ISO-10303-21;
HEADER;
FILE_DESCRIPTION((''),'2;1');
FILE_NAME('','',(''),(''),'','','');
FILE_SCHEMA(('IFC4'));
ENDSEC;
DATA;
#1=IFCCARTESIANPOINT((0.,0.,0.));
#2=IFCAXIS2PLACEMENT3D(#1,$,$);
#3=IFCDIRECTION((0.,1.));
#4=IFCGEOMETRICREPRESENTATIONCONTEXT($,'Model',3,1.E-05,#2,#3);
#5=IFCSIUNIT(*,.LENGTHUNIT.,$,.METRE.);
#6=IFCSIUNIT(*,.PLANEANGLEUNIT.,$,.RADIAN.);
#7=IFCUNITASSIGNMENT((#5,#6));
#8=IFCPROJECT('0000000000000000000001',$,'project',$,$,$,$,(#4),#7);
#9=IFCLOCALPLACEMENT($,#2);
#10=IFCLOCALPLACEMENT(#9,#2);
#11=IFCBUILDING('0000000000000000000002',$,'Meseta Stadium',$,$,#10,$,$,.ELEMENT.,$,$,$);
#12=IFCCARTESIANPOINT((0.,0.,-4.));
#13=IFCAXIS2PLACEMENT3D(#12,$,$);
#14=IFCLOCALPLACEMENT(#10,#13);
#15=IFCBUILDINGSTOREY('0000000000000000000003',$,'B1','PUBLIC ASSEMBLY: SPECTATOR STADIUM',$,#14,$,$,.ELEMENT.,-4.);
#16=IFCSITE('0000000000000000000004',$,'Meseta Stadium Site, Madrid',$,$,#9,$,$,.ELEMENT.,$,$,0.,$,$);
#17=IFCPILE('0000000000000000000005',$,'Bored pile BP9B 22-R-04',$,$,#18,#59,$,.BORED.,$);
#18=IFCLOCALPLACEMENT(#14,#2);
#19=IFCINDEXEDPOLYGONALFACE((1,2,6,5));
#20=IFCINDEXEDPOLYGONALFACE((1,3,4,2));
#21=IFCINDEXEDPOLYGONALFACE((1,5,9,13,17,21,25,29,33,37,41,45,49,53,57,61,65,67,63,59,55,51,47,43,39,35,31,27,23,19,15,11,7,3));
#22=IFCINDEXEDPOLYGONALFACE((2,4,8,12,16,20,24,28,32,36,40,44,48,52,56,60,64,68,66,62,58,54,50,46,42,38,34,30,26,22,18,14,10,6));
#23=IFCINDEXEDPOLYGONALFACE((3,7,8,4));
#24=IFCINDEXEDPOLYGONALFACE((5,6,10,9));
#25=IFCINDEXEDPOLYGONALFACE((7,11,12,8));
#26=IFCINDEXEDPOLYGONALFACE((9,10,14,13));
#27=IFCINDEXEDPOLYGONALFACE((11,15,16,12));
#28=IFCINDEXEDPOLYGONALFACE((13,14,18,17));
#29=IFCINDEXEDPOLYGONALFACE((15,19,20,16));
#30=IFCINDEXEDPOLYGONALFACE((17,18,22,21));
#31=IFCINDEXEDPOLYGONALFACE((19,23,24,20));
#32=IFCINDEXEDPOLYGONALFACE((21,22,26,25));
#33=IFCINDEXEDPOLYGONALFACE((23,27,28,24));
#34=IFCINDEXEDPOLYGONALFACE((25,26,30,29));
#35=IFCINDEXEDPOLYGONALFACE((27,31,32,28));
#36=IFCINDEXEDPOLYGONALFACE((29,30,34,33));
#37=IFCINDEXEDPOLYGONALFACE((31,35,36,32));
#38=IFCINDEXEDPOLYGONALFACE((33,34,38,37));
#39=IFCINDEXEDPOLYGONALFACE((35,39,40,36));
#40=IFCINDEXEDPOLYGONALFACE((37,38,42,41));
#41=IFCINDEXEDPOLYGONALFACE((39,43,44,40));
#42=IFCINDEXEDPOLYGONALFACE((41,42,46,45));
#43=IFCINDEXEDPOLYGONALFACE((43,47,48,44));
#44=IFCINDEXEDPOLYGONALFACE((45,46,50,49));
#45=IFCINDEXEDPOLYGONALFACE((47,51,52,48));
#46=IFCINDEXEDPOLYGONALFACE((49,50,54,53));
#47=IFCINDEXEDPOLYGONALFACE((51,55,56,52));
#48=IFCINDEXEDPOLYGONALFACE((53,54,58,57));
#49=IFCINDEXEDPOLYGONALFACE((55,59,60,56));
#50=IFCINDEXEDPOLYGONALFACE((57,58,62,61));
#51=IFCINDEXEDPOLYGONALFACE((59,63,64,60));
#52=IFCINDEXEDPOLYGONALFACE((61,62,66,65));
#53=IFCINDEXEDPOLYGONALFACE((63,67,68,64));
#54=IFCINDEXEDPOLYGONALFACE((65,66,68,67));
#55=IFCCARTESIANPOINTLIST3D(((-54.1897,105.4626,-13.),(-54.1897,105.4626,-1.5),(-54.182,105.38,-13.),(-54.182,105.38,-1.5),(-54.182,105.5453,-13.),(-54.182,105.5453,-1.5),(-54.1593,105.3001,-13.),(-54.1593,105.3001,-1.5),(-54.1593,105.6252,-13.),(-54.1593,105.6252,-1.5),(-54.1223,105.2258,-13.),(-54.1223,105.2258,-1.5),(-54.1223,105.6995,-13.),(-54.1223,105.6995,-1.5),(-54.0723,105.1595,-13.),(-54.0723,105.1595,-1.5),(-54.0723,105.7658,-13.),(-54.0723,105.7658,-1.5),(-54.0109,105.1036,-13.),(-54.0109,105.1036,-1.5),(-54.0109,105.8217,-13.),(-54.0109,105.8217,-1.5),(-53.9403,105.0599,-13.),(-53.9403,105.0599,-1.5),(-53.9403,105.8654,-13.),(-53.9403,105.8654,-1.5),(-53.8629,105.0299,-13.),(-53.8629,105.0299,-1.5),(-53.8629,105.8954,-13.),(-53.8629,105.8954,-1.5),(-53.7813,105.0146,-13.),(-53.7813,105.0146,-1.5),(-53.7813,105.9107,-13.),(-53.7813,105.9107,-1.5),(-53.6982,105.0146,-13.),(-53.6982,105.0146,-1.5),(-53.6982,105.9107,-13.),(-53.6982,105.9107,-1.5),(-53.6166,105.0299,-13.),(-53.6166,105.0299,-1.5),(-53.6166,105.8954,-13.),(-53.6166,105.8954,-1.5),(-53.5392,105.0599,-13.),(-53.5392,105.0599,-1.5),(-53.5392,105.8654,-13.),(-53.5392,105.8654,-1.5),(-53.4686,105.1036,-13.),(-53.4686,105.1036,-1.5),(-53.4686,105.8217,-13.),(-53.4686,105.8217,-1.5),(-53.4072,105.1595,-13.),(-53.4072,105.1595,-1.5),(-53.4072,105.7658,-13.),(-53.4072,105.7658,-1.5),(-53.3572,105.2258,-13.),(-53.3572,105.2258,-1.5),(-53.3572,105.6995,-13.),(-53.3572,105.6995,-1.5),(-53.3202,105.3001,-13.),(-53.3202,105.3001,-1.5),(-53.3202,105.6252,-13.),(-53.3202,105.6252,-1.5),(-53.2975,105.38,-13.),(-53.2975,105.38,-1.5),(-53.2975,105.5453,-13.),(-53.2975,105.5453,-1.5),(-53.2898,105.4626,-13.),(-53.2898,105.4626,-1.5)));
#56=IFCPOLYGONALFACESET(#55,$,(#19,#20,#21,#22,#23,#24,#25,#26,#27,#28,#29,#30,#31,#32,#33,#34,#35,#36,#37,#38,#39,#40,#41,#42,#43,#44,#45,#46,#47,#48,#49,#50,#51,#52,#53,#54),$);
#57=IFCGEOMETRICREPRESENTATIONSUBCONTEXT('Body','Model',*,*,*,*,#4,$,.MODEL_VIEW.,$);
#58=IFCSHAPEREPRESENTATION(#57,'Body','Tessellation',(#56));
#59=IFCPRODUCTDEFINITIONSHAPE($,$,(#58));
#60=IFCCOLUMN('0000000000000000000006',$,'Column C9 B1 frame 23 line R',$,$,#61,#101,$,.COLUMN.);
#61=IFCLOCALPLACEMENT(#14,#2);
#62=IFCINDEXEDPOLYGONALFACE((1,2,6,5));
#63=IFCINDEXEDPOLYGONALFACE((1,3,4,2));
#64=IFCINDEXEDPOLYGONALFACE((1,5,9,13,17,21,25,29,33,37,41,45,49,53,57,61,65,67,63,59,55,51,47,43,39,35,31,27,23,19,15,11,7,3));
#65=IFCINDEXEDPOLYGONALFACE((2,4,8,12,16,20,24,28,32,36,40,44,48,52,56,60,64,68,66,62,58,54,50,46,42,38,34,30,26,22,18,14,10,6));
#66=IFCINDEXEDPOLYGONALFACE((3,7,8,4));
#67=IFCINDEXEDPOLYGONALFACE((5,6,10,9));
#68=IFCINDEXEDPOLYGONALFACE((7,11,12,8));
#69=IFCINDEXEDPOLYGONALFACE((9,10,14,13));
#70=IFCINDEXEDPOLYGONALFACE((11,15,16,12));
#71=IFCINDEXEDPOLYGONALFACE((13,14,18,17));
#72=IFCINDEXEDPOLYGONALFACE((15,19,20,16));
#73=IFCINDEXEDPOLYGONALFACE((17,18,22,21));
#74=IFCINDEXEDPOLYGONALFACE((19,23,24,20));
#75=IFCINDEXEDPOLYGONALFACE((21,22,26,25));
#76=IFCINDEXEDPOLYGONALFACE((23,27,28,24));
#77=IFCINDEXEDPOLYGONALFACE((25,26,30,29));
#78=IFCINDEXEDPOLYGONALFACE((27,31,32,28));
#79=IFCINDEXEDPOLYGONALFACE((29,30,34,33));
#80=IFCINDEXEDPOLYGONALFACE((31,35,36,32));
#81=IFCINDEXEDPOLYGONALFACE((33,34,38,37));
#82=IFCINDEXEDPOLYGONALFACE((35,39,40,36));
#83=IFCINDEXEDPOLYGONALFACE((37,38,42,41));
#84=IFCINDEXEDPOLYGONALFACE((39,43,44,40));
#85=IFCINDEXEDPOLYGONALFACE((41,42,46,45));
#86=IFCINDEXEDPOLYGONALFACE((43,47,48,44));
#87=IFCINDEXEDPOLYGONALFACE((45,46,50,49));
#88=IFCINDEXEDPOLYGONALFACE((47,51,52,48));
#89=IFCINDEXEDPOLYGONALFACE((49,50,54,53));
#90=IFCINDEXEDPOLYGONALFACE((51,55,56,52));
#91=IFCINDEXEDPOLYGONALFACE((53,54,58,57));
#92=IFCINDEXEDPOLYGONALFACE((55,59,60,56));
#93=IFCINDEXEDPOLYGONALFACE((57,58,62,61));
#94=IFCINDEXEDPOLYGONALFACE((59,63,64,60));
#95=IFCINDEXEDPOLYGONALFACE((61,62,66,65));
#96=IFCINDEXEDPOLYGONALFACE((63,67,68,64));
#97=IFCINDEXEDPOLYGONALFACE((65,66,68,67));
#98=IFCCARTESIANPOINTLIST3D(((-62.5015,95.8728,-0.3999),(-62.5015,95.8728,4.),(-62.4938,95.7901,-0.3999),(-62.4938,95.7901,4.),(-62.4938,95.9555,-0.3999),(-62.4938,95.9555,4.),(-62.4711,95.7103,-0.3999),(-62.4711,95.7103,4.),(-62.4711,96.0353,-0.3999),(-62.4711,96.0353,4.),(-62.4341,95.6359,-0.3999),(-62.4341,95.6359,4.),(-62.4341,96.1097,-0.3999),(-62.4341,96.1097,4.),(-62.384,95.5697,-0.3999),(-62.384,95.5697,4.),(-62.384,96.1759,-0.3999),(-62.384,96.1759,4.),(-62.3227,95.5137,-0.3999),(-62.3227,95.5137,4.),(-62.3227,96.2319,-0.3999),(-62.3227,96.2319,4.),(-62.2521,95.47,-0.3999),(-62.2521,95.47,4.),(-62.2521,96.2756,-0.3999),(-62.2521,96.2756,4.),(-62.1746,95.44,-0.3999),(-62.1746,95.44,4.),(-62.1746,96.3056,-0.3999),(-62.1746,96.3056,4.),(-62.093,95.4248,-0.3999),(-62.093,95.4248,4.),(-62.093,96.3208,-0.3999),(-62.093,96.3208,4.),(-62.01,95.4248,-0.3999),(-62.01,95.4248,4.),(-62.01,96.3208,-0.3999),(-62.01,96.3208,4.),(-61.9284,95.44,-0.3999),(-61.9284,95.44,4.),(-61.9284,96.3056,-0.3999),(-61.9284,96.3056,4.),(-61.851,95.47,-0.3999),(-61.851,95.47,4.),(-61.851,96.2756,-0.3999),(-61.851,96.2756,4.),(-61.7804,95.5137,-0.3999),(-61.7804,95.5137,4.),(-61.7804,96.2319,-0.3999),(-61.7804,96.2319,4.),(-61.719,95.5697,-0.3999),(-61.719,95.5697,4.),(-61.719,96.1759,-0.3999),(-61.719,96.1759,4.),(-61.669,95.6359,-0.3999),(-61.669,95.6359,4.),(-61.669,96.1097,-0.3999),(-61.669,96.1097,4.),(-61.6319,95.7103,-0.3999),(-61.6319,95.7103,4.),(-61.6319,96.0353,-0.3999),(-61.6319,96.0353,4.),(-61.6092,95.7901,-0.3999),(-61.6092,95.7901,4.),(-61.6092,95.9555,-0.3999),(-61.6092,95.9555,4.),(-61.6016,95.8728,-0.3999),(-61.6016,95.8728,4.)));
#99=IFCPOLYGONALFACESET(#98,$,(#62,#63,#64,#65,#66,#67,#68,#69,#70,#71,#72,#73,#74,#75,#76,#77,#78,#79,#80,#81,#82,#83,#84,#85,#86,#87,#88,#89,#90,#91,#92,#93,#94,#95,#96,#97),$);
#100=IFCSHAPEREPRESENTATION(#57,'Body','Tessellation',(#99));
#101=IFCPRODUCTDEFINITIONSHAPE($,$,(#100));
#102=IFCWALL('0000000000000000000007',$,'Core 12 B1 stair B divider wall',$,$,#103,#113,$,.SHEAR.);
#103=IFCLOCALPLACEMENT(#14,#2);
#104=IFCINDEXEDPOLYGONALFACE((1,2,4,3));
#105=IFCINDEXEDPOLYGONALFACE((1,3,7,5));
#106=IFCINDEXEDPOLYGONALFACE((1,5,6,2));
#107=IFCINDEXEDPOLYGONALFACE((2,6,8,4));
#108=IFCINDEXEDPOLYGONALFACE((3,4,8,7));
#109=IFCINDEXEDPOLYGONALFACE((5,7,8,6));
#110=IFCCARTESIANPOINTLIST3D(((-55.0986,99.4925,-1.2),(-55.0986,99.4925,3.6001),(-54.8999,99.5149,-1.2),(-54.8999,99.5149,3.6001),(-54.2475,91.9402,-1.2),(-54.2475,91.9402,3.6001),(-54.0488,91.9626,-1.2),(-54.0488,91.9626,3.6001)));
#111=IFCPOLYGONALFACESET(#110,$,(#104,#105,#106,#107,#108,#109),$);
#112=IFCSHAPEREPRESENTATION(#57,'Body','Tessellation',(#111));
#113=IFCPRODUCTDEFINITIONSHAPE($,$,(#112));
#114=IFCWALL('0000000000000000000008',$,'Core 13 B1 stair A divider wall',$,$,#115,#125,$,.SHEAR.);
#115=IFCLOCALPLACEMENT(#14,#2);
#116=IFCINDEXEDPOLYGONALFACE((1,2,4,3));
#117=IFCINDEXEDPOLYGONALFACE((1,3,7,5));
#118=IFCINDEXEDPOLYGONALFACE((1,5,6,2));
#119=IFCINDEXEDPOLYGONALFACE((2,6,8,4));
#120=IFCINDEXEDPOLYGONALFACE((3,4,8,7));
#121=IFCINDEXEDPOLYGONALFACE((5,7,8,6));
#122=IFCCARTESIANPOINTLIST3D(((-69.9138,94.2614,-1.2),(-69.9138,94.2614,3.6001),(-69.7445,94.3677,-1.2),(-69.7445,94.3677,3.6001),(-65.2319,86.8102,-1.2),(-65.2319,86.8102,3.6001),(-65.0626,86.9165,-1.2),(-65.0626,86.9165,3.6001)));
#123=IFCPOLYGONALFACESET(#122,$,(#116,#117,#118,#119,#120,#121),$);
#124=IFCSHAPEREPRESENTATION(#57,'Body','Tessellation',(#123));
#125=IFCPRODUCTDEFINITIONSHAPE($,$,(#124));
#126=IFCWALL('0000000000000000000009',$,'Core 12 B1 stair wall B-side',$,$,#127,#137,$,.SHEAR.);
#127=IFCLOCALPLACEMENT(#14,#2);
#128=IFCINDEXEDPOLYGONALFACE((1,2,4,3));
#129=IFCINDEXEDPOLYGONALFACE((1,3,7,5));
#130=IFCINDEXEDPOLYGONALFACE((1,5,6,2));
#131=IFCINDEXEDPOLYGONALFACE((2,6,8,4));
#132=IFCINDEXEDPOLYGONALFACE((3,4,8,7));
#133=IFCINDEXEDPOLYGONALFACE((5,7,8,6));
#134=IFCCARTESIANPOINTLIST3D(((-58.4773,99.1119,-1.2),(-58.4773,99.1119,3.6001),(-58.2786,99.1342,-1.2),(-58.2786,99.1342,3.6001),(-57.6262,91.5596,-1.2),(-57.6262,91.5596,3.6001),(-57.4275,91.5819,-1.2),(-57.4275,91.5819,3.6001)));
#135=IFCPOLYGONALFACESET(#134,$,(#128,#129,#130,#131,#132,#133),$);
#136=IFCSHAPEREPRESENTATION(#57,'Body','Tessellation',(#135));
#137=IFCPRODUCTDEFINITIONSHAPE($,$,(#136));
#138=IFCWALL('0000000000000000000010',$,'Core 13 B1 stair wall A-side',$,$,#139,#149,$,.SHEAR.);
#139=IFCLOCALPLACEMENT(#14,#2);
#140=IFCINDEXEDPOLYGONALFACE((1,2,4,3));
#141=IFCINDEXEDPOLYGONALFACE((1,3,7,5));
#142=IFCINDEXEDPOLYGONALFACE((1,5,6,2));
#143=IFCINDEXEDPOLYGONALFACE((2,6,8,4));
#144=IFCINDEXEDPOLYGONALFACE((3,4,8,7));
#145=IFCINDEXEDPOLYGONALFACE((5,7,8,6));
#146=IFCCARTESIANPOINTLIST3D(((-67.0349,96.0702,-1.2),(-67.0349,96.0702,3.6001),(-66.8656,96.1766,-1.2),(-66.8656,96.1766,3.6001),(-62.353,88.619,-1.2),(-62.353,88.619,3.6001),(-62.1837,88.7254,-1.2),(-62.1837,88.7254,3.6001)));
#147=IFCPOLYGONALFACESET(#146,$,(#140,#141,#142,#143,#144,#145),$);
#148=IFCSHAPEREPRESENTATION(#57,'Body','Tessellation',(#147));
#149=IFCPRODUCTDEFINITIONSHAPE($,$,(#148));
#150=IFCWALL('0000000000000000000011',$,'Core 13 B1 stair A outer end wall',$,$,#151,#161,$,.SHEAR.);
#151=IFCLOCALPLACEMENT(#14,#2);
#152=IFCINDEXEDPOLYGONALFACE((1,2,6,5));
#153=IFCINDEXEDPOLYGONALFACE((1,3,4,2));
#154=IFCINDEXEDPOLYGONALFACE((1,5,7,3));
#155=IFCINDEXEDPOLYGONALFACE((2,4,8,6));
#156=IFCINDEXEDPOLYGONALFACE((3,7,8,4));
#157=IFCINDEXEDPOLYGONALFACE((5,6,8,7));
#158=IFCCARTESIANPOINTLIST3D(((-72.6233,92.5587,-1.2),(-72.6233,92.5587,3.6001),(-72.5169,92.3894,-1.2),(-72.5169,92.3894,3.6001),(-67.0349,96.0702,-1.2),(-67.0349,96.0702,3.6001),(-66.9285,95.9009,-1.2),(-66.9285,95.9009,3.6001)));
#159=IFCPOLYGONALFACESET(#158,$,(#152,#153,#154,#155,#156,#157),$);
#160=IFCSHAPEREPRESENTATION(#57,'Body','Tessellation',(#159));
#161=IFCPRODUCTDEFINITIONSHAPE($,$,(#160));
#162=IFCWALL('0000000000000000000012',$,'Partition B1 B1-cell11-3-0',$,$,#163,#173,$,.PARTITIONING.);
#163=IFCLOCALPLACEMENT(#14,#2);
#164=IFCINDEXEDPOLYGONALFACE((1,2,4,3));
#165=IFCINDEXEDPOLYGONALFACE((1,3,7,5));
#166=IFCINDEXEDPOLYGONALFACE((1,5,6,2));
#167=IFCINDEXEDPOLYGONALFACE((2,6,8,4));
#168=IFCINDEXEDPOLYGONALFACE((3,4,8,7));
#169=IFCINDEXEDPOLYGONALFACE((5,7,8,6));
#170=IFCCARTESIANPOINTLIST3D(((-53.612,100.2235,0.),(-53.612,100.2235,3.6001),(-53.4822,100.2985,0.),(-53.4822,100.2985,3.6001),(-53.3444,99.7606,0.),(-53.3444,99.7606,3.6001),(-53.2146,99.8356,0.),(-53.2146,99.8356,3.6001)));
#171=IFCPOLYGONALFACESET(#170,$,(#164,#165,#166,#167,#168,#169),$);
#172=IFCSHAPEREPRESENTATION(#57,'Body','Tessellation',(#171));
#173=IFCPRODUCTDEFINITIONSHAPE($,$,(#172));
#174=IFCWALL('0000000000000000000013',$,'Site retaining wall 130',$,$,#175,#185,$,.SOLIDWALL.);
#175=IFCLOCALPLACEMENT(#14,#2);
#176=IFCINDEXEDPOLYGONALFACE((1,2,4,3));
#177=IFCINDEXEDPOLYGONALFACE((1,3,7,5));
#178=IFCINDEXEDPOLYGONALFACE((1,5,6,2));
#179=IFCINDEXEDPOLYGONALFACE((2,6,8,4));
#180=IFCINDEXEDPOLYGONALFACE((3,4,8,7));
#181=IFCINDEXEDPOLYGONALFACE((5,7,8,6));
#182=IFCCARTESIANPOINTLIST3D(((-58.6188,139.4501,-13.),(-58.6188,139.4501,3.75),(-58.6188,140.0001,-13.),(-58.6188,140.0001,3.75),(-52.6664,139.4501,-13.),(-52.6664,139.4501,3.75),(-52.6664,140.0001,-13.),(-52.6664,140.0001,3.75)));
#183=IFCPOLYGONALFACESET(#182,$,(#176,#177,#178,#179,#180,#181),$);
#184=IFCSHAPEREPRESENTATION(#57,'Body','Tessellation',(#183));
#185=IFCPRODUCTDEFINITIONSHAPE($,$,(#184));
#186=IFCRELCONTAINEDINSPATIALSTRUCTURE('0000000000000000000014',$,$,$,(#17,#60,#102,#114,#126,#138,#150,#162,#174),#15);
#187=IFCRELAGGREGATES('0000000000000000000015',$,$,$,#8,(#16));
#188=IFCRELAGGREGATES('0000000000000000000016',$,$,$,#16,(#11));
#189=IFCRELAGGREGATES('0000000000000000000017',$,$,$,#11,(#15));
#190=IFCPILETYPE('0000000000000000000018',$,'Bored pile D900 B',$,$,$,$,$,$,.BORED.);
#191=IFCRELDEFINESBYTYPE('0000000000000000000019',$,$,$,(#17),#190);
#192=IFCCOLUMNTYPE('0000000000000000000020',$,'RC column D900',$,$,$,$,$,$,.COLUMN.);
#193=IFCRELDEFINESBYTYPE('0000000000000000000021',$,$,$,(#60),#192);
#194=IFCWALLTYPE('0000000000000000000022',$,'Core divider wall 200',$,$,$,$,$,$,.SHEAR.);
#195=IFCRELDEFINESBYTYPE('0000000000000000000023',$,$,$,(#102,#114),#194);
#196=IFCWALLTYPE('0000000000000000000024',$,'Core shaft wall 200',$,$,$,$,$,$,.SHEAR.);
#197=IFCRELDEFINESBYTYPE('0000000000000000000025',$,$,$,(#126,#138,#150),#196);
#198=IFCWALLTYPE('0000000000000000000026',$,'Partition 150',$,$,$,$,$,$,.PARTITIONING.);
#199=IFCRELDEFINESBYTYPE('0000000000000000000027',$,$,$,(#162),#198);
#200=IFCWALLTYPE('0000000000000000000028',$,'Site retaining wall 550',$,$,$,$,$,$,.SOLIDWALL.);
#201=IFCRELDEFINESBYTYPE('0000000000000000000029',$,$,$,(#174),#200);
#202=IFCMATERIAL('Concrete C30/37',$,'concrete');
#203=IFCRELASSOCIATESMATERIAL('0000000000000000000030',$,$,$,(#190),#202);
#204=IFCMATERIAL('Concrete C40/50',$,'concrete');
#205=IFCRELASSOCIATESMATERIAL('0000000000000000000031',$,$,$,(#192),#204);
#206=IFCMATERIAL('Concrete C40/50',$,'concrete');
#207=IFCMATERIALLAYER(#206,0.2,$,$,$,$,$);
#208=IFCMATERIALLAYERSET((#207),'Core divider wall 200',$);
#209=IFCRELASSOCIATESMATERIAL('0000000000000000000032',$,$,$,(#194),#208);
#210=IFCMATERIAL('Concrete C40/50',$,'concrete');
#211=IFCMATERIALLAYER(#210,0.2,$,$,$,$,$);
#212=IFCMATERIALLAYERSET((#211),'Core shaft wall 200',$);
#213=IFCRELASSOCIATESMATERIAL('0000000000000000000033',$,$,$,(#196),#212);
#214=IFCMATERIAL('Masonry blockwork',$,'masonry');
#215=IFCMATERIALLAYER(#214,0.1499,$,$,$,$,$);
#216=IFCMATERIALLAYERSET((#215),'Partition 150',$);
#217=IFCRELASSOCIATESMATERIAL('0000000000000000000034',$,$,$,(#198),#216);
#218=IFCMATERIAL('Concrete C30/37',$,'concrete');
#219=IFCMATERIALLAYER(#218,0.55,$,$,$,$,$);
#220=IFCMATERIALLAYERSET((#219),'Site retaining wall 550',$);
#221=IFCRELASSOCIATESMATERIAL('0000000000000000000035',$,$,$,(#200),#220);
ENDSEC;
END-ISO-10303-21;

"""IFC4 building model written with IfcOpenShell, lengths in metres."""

from ifc_helpers import new_model, si_unit, direction, frame, frame_2d, origin, origin_2d, place, context, subcontext, project, spatial, rectangle, circle, extrude, material, layer, layer_set, material_profile, profile_set, type_object, element, save


model = new_model("IFC4")

# Units and contexts
model_context = context("Model", 3, precision=1e-05, world=origin(), true_north=direction((0.0, 1.0)))
body_context = subcontext(model_context, "Body", "Model", "MODEL_VIEW")
ifc_project = project(units=[si_unit("LENGTHUNIT", "METRE"), si_unit("PLANEANGLEUNIT", "RADIAN")], contexts=[model_context])

# Site, building, storey
site_placement = place(None, origin())
site = spatial("IfcSite", under=ifc_project, at=site_placement, Name="Meseta Stadium Site, Madrid", CompositionType="ELEMENT", RefElevation=0.0)
building_placement = place(site_placement, origin())
building = spatial("IfcBuilding", under=site, at=building_placement, Name="Meseta Stadium", CompositionType="ELEMENT")
storey_placement = place(building_placement, frame((0.0, 0.0, -4.0)))
storey = spatial("IfcBuildingStorey", under=building, at=storey_placement, Name="B1", Description="PUBLIC ASSEMBLY: SPECTATOR STADIUM", CompositionType="ELEMENT", Elevation=-4.0)

# Pile
ifc_material_1 = material(Name="Concrete C30/37", Category="concrete")
ifc_material_profile_1 = material_profile(ifc_material_1, circle(Radius=0.45, at=origin_2d()), Name="D900")
ifc_profile_set_1 = profile_set([ifc_material_profile_1], Name="Concrete C30/37")
pile_type = type_object("IfcPileType", Name="Bored pile D900 B", PredefinedType="BORED", material=ifc_profile_set_1)
pile_placement = place(storey_placement, frame((-53.7397, 105.4626, -1.5), z_axis=(0.0, 0.0, -1.0), x_axis=(1.0, 0.0, 0.0)))
element("IfcPile", 1, at=pile_placement, inside=storey, type_object=pile_type, Name="Bored pile BP9B 22-R-04", PredefinedType="BORED", context=body_context, shape_type="SweptSolid", body=[
    extrude(circle(Radius=0.45, at=origin_2d()), origin(), (0.0, 0.0, 1.0), 11.5),
])

# Column
ifc_material_2 = material(Name="Concrete C40/50", Category="concrete")
ifc_material_profile_2 = material_profile(ifc_material_2, circle(Radius=0.45, at=origin_2d()), Name="RC D900")
ifc_profile_set_2 = profile_set([ifc_material_profile_2], Name="Concrete C40/50")
column_type = type_object("IfcColumnType", Name="RC column D900", PredefinedType="COLUMN", material=ifc_profile_set_2)
column_placement = place(storey_placement, frame((-62.0515, 95.8728, -0.3999), z_axis=(0.0, 0.0, 1.0), x_axis=(1.0, 0.0, 0.0)))
element("IfcColumn", 2, at=column_placement, inside=storey, type_object=column_type, Name="Column C9 B1 frame 23 line R", PredefinedType="COLUMN", context=body_context, shape_type="SweptSolid", body=[
    extrude(circle(Radius=0.45, at=origin_2d()), origin(), (0.0, 0.0, 1.0), 4.3999),
])

# Walls
ifc_material_3 = material(Name="Concrete C40/50", Category="concrete")
ifc_layer_1 = layer(ifc_material_3, 0.2)
ifc_layer_set_1 = layer_set([ifc_layer_1], Name="Core divider wall 200")
wall_type_1 = type_object("IfcWallType", Name="Core divider wall 200", PredefinedType="SHEAR", material=ifc_layer_set_1)
wall_1_placement = place(storey_placement, frame((-54.9993, 99.5037, -1.2), z_axis=(0.0, 0.0, 1.0), x_axis=(0.111983, -0.99371, 0.0)))
element("IfcWall", 3, at=wall_1_placement, inside=storey, type_object=wall_type_1, Name="Core 12 B1 stair B divider wall", PredefinedType="SHEAR", context=body_context, shape_type="SweptSolid", body=[
    extrude(rectangle(XDim=7.6001, YDim=0.2, at=frame_2d((3.8, 0.0))), origin(), (0.0, 0.0, 1.0), 4.8),
])
wall_2_placement = place(storey_placement, frame((-69.8291, 94.3145, -1.2), z_axis=(0.0, 0.0, 1.0), x_axis=(0.532032, -0.846724, 0.0)))
element("IfcWall", 4, at=wall_2_placement, inside=storey, type_object=wall_type_1, Name="Core 13 B1 stair A divider wall", PredefinedType="SHEAR", context=body_context, shape_type="SweptSolid", body=[
    extrude(rectangle(XDim=8.8, YDim=0.2, at=frame_2d((4.3999, 0.0))), origin(), (0.0, 0.0, 1.0), 4.8),
])
ifc_material_4 = material(Name="Concrete C40/50", Category="concrete")
ifc_layer_2 = layer(ifc_material_4, 0.2)
ifc_layer_set_2 = layer_set([ifc_layer_2], Name="Core shaft wall 200")
wall_type_2 = type_object("IfcWallType", Name="Core shaft wall 200", PredefinedType="SHEAR", material=ifc_layer_set_2)
wall_3_placement = place(storey_placement, frame((-58.3779, 99.123, -1.2), z_axis=(0.0, 0.0, 1.0), x_axis=(0.111983, -0.99371, 0.0)))
element("IfcWall", 5, at=wall_3_placement, inside=storey, type_object=wall_type_2, Name="Core 12 B1 stair wall B-side", PredefinedType="SHEAR", context=body_context, shape_type="SweptSolid", body=[
    extrude(rectangle(XDim=7.6001, YDim=0.2, at=frame_2d((3.8, 0.0))), origin(), (0.0, 0.0, 1.0), 4.8),
])
wall_4_placement = place(storey_placement, frame((-66.9502, 96.1233, -1.2), z_axis=(0.0, 0.0, 1.0), x_axis=(0.532032, -0.846724, 0.0)))
element("IfcWall", 6, at=wall_4_placement, inside=storey, type_object=wall_type_2, Name="Core 13 B1 stair wall A-side", PredefinedType="SHEAR", context=body_context, shape_type="SweptSolid", body=[
    extrude(rectangle(XDim=8.8, YDim=0.2, at=frame_2d((4.3999, 0.0))), origin(), (0.0, 0.0, 1.0), 4.8),
])
wall_5_placement = place(storey_placement, frame((-66.9817, 95.9856, -1.2), z_axis=(0.0, 0.0, 1.0), x_axis=(-0.84672, -0.532039, 0.0)))
element("IfcWall", 7, at=wall_5_placement, inside=storey, type_object=wall_type_2, Name="Core 13 B1 stair A outer end wall", PredefinedType="SHEAR", context=body_context, shape_type="SweptSolid", body=[
    extrude(rectangle(XDim=6.6001, YDim=0.2, at=frame_2d((3.3, 0.0))), origin(), (0.0, 0.0, 1.0), 4.8),
])
ifc_material_5 = material(Name="Masonry blockwork", Category="masonry")
ifc_layer_3 = layer(ifc_material_5, 0.1499)
ifc_layer_set_3 = layer_set([ifc_layer_3], Name="Partition 150")
wall_type_3 = type_object("IfcWallType", Name="Partition 150", PredefinedType="PARTITIONING", material=ifc_layer_set_3)
wall_6_placement = place(storey_placement, frame((-53.5471, 100.261, 0.0), z_axis=(0.0, 0.0, 1.0), x_axis=(0.50046, -0.86576, 0.0)))
element("IfcWall", 8, at=wall_6_placement, inside=storey, type_object=wall_type_3, Name="Partition B1 B1-cell11-3-0", PredefinedType="PARTITIONING", context=body_context, shape_type="SweptSolid", body=[
    extrude(rectangle(XDim=0.5347, YDim=0.1499, at=frame_2d((0.2673, 0.0))), origin(), (0.0, 0.0, 1.0), 3.6001),
])
ifc_material_6 = material(Name="Concrete C30/37", Category="concrete")
ifc_layer_4 = layer(ifc_material_6, 0.55)
ifc_layer_set_4 = layer_set([ifc_layer_4], Name="Site retaining wall 550")
wall_type_4 = type_object("IfcWallType", Name="Site retaining wall 550", PredefinedType="SOLIDWALL", material=ifc_layer_set_4)
for number, where, z_axis, x_axis, name in (
    (9, (-52.6665, 139.7251, -13.0), (0.0, 0.0, 1.0), (-1.0, 0.0, 0.0), "Site retaining wall 130"),
):
    element("IfcWall", number, at=place(storey_placement, frame(where, z_axis=z_axis, x_axis=x_axis)), inside=storey, type_object=wall_type_4, Name=name, PredefinedType="SOLIDWALL", context=body_context, shape_type="SweptSolid", body=[
        extrude(rectangle(XDim=5.9524, YDim=0.55, at=frame_2d((2.9761, 0.0))), origin(), (0.0, 0.0, 1.0), 16.75),
    ])

save(model, "model.ifc")
